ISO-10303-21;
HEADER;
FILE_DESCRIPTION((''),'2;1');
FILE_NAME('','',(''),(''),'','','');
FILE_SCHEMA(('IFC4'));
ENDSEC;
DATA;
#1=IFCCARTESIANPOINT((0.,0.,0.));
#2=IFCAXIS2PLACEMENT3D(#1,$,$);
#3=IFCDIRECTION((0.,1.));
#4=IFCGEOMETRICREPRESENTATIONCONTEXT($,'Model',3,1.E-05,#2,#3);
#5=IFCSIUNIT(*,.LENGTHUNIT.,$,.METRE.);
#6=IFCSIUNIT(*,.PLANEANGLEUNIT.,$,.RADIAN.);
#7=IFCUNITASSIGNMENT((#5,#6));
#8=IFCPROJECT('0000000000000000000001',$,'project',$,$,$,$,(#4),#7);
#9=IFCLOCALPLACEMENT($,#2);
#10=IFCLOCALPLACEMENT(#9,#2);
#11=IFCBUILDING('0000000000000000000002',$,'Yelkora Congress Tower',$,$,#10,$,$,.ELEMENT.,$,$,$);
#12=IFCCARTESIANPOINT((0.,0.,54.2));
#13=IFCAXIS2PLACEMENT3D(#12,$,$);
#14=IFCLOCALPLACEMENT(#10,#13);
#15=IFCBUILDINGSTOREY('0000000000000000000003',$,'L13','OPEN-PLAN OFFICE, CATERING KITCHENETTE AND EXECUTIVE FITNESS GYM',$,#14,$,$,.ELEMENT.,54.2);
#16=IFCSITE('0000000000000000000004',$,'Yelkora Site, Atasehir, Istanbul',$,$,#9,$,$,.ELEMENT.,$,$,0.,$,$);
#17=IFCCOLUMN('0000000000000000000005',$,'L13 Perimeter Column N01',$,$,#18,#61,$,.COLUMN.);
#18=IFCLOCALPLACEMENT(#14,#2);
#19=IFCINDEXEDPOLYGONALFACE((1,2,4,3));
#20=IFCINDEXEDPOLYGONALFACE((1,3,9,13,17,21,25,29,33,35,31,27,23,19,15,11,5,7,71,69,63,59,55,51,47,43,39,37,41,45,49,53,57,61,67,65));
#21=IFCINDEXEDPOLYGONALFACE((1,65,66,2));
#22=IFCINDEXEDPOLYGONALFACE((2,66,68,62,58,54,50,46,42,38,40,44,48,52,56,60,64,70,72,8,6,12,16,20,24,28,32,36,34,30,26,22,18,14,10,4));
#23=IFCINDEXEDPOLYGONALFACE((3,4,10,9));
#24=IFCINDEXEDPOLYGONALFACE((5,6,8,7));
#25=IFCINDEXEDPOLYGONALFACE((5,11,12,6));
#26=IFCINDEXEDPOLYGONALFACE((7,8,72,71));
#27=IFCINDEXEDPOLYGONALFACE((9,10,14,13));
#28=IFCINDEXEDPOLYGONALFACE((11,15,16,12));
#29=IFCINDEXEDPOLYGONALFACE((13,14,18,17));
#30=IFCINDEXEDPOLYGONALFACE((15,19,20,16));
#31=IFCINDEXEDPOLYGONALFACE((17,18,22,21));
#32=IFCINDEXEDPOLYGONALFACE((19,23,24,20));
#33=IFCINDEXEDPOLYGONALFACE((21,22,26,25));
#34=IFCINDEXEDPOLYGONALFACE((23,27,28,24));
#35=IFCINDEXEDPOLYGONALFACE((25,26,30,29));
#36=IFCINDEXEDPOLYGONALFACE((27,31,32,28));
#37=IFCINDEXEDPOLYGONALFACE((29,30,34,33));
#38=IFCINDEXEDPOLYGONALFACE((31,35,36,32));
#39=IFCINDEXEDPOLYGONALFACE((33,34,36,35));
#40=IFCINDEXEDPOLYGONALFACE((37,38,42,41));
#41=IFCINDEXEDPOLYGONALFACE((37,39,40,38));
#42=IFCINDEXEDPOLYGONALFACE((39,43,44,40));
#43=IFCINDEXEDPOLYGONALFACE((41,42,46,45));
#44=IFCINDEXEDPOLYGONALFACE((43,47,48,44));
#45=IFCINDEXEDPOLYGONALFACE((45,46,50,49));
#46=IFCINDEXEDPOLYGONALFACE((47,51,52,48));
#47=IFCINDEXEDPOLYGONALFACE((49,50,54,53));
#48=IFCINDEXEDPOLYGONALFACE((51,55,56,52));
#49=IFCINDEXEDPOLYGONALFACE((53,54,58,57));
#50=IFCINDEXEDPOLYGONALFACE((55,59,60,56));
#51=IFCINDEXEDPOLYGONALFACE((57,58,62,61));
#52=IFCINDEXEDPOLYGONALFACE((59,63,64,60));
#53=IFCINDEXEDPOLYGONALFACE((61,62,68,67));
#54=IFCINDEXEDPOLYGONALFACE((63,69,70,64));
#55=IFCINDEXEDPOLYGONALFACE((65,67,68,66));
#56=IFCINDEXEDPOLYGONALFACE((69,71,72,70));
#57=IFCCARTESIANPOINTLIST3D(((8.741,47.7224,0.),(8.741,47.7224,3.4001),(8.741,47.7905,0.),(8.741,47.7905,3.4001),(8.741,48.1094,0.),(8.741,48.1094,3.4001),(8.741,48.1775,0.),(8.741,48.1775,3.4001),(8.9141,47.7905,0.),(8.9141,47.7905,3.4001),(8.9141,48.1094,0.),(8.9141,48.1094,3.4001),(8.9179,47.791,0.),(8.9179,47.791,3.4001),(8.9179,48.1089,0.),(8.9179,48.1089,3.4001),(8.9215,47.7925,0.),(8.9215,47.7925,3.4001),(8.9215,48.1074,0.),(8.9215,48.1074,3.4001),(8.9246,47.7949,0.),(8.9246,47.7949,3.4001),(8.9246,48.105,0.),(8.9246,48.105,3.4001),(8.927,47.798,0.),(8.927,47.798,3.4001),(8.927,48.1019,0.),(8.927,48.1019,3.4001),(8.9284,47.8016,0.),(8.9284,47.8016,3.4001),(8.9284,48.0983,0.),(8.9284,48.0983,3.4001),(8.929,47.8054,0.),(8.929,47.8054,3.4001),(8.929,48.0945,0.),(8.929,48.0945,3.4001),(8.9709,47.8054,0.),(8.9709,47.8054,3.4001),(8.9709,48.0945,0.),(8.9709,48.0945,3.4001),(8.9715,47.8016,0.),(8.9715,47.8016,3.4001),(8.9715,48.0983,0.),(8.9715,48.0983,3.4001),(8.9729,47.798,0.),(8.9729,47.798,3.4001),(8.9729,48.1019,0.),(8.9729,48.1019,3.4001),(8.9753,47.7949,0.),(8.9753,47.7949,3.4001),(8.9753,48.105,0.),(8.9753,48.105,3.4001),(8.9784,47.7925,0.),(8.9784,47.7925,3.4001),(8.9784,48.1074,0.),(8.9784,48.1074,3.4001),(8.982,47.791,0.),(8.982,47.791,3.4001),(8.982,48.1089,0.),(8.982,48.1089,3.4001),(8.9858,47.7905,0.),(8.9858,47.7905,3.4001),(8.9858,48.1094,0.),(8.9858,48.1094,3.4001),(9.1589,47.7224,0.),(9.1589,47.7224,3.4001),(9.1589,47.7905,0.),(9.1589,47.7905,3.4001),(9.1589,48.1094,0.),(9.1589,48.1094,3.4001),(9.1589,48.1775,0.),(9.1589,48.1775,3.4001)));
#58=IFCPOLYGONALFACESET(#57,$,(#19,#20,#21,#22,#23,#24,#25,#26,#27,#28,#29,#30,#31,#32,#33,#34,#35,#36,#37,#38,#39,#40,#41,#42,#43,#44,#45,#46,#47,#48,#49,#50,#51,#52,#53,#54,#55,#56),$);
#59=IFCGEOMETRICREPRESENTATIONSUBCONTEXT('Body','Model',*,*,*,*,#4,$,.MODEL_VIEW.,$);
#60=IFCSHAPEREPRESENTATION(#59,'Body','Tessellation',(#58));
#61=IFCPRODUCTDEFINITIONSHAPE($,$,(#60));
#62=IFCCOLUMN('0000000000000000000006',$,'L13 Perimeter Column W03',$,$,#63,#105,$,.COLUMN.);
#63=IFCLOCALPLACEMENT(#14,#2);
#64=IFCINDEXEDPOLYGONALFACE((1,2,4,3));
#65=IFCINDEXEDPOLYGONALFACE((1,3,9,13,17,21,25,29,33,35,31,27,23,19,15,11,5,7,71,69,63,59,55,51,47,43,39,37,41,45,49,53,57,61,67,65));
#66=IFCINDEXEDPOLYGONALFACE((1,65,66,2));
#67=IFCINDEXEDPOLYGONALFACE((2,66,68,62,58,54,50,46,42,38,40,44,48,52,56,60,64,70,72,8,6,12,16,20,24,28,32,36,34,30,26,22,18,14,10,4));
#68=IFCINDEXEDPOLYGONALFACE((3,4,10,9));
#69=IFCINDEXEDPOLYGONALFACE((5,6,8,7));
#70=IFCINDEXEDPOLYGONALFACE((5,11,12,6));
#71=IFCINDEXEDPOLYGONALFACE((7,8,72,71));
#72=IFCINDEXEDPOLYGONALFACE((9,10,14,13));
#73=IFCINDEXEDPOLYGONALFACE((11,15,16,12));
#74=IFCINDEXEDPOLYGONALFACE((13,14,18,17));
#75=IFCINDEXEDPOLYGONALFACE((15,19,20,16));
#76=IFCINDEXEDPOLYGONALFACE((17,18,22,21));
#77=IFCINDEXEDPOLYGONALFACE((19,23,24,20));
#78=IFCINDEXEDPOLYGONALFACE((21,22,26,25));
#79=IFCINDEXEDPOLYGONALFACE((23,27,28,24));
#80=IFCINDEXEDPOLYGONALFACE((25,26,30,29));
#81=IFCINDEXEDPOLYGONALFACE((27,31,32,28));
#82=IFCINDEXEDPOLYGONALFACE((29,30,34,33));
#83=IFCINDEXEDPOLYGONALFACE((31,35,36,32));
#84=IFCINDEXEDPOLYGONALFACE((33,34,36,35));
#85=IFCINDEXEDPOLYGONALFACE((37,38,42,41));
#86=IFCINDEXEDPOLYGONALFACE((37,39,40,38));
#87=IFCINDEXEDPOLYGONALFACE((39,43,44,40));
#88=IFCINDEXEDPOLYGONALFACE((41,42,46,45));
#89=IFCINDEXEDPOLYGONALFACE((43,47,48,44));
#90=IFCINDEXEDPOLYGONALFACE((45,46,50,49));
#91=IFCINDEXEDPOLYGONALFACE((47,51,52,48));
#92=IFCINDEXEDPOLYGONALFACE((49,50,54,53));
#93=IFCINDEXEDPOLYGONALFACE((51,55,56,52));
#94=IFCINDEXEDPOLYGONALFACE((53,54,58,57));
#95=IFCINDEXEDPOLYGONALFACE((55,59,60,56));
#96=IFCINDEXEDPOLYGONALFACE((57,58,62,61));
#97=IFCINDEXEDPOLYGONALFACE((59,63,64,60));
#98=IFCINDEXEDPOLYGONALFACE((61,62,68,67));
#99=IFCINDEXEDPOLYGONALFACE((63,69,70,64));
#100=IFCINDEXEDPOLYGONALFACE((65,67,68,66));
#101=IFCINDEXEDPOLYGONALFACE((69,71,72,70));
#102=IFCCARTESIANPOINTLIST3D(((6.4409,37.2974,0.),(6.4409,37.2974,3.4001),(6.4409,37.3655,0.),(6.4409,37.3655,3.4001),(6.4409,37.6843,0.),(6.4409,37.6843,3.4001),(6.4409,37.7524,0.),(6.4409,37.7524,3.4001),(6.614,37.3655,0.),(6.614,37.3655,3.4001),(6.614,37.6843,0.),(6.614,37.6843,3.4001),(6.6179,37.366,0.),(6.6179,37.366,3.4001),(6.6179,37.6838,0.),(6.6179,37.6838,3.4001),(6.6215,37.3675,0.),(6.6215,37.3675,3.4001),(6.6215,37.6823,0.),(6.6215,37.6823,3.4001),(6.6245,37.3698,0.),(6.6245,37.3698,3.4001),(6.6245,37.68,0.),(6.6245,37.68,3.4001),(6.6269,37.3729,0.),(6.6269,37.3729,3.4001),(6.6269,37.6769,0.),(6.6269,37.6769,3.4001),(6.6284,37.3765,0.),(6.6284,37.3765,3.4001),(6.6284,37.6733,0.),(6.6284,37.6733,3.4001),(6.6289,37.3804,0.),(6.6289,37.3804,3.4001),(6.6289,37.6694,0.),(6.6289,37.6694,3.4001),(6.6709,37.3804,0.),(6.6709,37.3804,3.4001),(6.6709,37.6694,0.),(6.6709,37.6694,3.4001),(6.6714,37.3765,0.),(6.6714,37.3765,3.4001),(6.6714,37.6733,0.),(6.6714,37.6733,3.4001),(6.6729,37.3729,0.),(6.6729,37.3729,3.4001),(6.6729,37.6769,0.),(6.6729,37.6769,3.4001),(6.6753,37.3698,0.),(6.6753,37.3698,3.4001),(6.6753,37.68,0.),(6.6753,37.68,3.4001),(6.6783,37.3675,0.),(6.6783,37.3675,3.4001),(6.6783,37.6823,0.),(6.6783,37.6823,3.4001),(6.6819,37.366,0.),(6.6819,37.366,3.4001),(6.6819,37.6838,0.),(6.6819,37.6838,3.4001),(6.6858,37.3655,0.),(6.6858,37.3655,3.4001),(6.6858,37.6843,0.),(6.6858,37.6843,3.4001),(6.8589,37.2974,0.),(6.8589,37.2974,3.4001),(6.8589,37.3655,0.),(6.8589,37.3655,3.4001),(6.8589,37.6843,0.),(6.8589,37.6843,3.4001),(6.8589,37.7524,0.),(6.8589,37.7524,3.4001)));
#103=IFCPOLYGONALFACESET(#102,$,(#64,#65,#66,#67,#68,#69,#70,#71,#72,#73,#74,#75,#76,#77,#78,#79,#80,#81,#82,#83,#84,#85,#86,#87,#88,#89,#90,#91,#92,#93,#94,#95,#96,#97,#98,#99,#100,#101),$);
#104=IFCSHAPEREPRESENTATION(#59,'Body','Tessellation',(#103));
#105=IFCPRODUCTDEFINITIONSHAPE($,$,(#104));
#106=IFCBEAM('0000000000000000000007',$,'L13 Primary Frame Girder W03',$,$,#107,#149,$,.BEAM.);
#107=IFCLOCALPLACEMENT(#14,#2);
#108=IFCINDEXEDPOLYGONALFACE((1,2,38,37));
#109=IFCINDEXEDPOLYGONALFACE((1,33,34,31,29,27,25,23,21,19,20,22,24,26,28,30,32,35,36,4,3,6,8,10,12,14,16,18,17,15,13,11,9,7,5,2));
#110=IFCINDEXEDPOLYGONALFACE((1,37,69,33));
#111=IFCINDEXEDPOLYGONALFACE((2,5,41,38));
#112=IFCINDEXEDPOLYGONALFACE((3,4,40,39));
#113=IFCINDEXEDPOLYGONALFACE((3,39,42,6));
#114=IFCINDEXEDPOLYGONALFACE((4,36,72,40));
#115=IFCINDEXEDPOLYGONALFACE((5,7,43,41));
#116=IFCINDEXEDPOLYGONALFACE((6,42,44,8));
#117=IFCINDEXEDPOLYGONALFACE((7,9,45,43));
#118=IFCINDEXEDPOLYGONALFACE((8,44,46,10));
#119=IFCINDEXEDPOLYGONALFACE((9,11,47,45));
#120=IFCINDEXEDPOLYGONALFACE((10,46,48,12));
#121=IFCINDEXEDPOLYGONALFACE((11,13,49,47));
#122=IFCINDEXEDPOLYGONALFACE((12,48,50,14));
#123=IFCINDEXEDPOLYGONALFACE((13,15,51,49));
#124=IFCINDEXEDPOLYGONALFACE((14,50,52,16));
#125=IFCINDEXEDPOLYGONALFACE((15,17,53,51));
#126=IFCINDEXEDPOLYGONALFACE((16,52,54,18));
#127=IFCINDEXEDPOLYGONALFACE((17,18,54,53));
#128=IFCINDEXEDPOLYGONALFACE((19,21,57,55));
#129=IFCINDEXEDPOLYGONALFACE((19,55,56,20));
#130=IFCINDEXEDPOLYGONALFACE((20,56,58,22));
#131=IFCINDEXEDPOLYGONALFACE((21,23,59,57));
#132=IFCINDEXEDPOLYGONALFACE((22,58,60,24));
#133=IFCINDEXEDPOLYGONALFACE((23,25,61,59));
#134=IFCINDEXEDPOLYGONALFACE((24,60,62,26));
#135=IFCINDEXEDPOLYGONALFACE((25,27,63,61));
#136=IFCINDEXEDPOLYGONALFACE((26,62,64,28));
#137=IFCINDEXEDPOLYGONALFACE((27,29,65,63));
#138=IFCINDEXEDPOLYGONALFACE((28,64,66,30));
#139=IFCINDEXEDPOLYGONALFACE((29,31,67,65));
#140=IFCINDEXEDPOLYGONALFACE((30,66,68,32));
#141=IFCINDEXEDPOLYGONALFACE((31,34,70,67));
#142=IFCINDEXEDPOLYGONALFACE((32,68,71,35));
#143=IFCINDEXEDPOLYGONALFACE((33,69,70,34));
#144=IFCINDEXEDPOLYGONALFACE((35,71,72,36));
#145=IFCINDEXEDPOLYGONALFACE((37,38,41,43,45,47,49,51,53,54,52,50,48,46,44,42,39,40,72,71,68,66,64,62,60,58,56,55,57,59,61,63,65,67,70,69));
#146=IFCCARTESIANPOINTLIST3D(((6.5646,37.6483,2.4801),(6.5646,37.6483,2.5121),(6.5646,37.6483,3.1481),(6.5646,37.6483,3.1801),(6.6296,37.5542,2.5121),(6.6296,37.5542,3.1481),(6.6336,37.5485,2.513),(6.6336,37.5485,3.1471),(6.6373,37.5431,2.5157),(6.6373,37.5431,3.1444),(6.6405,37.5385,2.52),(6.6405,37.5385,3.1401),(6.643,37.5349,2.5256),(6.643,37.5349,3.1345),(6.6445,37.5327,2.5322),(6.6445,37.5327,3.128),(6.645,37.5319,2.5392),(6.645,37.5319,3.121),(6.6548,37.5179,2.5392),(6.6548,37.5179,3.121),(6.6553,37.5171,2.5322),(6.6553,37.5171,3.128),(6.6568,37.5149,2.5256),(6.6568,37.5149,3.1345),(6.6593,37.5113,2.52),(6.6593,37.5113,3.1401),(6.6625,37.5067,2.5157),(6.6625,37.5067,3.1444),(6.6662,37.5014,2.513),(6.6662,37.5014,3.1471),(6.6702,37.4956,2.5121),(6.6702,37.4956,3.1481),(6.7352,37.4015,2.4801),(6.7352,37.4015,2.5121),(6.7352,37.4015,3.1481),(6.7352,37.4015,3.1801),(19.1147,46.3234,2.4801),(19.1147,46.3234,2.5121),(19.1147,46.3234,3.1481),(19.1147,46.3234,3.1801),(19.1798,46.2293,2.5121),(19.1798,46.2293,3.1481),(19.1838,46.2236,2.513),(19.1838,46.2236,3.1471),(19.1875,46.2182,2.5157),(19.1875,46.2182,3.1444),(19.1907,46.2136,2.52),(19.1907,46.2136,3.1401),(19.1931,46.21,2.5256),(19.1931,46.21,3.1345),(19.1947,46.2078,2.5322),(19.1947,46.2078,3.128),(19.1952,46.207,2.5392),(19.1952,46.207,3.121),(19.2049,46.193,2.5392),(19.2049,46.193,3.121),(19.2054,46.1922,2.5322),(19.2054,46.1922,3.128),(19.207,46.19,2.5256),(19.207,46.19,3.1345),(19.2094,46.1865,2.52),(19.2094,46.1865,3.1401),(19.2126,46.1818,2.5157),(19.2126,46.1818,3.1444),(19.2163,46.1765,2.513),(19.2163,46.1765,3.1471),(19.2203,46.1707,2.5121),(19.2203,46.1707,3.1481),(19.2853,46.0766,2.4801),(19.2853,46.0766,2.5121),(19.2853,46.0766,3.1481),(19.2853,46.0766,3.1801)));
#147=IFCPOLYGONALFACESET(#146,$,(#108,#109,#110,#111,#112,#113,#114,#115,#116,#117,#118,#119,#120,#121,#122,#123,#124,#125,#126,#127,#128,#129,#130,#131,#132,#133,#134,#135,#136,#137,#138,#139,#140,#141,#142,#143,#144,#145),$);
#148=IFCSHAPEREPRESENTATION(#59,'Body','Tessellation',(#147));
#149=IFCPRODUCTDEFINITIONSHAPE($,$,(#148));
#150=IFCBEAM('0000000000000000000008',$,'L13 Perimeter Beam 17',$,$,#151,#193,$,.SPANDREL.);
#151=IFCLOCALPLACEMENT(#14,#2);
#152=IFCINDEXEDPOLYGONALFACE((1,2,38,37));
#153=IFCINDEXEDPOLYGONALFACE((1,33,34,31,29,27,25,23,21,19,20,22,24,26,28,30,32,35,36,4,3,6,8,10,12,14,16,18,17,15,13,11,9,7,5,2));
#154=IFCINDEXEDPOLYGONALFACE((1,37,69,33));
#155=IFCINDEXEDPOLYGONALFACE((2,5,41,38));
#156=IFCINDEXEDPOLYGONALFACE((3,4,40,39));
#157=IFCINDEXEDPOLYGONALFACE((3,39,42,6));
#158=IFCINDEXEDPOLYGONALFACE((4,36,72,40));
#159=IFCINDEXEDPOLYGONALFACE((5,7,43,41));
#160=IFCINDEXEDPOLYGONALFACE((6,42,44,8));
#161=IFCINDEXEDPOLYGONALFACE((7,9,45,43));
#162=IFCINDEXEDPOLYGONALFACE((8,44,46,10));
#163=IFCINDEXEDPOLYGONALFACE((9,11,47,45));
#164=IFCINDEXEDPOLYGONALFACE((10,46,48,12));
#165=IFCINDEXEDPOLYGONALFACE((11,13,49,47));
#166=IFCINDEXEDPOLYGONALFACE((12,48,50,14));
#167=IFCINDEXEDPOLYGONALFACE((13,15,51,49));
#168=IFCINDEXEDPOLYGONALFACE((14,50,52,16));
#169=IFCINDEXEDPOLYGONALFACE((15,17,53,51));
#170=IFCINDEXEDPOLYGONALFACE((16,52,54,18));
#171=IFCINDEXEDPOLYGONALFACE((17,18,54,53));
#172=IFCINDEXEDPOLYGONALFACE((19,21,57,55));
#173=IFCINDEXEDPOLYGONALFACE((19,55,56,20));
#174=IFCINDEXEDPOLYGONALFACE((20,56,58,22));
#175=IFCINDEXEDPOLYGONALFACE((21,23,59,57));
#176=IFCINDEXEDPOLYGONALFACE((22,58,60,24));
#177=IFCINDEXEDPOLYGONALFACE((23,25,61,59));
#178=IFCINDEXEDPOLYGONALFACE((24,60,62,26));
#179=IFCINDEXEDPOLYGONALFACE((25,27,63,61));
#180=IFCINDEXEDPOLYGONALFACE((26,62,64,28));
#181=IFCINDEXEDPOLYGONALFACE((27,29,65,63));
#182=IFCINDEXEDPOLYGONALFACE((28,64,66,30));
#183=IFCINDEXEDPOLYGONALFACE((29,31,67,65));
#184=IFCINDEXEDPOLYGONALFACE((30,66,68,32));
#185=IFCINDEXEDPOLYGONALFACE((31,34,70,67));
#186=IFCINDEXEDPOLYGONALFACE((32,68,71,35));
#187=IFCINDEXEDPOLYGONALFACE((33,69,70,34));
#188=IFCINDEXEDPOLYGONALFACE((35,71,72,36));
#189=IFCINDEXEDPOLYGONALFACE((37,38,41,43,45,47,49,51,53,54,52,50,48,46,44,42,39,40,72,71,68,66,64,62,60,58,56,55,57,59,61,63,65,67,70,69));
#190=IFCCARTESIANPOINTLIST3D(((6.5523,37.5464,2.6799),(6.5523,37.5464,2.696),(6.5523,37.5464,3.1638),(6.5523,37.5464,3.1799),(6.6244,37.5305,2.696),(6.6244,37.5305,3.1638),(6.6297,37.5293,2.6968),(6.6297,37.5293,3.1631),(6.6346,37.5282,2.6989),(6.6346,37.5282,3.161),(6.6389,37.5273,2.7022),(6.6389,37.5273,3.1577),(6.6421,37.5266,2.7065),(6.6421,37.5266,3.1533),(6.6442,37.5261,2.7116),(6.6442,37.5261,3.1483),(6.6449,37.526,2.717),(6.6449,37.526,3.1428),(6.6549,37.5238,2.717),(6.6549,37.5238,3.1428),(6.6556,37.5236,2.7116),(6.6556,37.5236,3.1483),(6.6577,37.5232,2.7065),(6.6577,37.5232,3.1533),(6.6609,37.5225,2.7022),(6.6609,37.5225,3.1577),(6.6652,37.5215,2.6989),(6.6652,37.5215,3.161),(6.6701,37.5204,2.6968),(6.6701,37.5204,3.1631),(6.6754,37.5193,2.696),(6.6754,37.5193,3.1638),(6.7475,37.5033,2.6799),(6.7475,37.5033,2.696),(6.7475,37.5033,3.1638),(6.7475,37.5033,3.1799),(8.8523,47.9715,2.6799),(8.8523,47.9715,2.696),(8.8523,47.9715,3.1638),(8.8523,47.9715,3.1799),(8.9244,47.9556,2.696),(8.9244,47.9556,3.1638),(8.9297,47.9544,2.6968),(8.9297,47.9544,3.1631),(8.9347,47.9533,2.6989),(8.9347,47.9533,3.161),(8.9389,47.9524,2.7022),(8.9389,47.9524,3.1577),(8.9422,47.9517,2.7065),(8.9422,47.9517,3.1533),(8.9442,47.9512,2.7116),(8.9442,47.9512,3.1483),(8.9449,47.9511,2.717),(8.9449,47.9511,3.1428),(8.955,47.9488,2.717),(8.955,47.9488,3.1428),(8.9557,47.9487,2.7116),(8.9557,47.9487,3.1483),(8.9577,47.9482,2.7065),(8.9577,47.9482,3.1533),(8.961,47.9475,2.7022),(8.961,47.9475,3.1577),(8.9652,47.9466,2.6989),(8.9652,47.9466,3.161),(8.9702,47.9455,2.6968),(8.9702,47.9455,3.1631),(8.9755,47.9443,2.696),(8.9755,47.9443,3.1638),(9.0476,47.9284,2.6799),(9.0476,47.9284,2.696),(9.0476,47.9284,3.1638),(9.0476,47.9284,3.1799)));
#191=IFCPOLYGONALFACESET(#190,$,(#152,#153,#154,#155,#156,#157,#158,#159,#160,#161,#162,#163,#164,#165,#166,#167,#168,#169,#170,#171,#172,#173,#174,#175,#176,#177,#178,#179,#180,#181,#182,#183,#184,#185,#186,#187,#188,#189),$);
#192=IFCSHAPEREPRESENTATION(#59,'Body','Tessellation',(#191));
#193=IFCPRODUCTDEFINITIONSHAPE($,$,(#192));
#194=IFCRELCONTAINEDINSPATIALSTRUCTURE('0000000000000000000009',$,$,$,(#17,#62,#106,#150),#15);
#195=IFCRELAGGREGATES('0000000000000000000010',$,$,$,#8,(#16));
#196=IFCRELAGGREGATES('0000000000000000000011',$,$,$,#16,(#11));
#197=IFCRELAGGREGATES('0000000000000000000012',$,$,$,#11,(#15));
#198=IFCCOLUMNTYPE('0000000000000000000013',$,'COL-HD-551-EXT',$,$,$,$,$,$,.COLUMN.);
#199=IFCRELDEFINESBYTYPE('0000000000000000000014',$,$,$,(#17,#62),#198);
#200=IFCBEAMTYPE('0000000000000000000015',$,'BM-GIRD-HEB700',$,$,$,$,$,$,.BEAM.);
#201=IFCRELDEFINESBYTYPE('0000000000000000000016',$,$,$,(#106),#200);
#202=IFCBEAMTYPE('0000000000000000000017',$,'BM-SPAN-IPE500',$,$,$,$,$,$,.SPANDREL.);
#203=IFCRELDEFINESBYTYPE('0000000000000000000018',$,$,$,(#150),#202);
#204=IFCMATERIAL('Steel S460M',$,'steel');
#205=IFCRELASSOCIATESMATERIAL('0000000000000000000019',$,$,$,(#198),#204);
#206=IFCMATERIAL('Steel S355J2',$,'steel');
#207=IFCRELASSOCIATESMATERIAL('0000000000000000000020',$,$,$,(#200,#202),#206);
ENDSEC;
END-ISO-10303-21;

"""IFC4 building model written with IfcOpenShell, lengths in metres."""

from ifc_helpers import new_model, si_unit, direction, frame, origin, origin_2d, place, context, subcontext, project, spatial, i_section, extrude, material, material_profile, profile_set, type_object, element, save


model = new_model("IFC4")

# Units and contexts
model_context = context("Model", 3, precision=1e-05, world=origin(), true_north=direction((0.0, 1.0)))
body_context = subcontext(model_context, "Body", "Model", "MODEL_VIEW")
ifc_project = project(units=[si_unit("LENGTHUNIT", "METRE"), si_unit("PLANEANGLEUNIT", "RADIAN")], contexts=[model_context])

# Site, building, storey
site_placement = place(None, origin())
site = spatial("IfcSite", under=ifc_project, at=site_placement, Name="Yelkora Site, Atasehir, Istanbul", CompositionType="ELEMENT", RefElevation=0.0)
building_placement = place(site_placement, origin())
building = spatial("IfcBuilding", under=site, at=building_placement, Name="Yelkora Congress Tower", CompositionType="ELEMENT")
storey_placement = place(building_placement, frame((0.0, 0.0, 54.2)))
storey = spatial("IfcBuildingStorey", under=building, at=storey_placement, Name="L13", Description="OPEN-PLAN OFFICE, CATERING KITCHENETTE AND EXECUTIVE FITNESS GYM", CompositionType="ELEMENT", Elevation=54.2)

# Columns
ifc_material_1 = material(Name="Steel S460M", Category="steel")
ifc_material_profile_1 = material_profile(ifc_material_1, i_section(OverallWidth=0.418, OverallDepth=0.4551, WebThickness=0.042, FlangeThickness=0.0681, FilletRadius=0.0149, at=origin_2d()), Name="HD 400x551")
ifc_profile_set_1 = profile_set([ifc_material_profile_1], Name="Steel S460M")
column_type = type_object("IfcColumnType", Name="COL-HD-551-EXT", PredefinedType="COLUMN", material=ifc_profile_set_1)
for number, where, z_axis, x_axis, name in (
    (1, (8.95, 47.95, 0.0), (0.0, 0.0, 1.0), (1.0, 0.0, 0.0), "L13 Perimeter Column N01"),
    (2, (6.6499, 37.5249, 0.0), (0.0, 0.0, 1.0), (1.0, 0.0, 0.0), "L13 Perimeter Column W03"),
):
    element("IfcColumn", number, at=place(storey_placement, frame(where, z_axis=z_axis, x_axis=x_axis)), inside=storey, type_object=column_type, Name=name, PredefinedType="COLUMN", context=body_context, shape_type="SweptSolid", body=[
        extrude(i_section(OverallWidth=0.418, OverallDepth=0.4551, WebThickness=0.042, FlangeThickness=0.0681, FilletRadius=0.0149, at=origin_2d()), origin(), (0.0, 0.0, 1.0), 3.4001),
    ])

# Beams
ifc_material_2 = material(Name="Steel S355J2", Category="steel")
ifc_material_profile_2 = material_profile(ifc_material_2, i_section(OverallWidth=0.3, OverallDepth=0.7, WebThickness=0.0171, FlangeThickness=0.032, FilletRadius=0.0271, at=origin_2d()), Name="HEB 700")
ifc_profile_set_2 = profile_set([ifc_material_profile_2], Name="Steel S355J2")
beam_type_1 = type_object("IfcBeamType", Name="BM-GIRD-HEB700", PredefinedType="BEAM", material=ifc_profile_set_2)
beam_1_placement = place(storey_placement, frame((6.6499, 37.5249, 2.8301), z_axis=(0.822604, 0.568614, 0.0), x_axis=(-0.568614, 0.822604, 0.0)))
element("IfcBeam", 3, at=beam_1_placement, inside=storey, type_object=beam_type_1, Name="L13 Primary Frame Girder W03", PredefinedType="BEAM", context=body_context, shape_type="SweptSolid", body=[
    extrude(i_section(OverallWidth=0.3, OverallDepth=0.7, WebThickness=0.0171, FlangeThickness=0.032, FilletRadius=0.0271, at=origin_2d()), origin(), (0.0, 0.0, 1.0), 15.2566),
])
ifc_material_profile_3 = material_profile(ifc_material_2, i_section(OverallWidth=0.2, OverallDepth=0.5, WebThickness=0.0103, FlangeThickness=0.0161, FilletRadius=0.021, at=origin_2d()), Name="IPE 500")
ifc_profile_set_3 = profile_set([ifc_material_profile_3], Name="Steel S355J2")
beam_type_2 = type_object("IfcBeamType", Name="BM-SPAN-IPE500", PredefinedType="SPANDREL", material=ifc_profile_set_3)
beam_2_placement = place(storey_placement, frame((8.95, 47.95, 2.9299), z_axis=(-0.215446, -0.976516, 0.0), x_axis=(0.976516, -0.215446, 0.0)))
element("IfcBeam", 4, at=beam_2_placement, inside=storey, type_object=beam_type_2, Name="L13 Perimeter Beam 17", PredefinedType="SPANDREL", context=body_context, shape_type="SweptSolid", body=[
    extrude(i_section(OverallWidth=0.2, OverallDepth=0.5, WebThickness=0.0103, FlangeThickness=0.0161, FilletRadius=0.021, at=origin_2d()), origin(), (0.0, 0.0, 1.0), 10.6758),
])

save(model, "model.ifc")
